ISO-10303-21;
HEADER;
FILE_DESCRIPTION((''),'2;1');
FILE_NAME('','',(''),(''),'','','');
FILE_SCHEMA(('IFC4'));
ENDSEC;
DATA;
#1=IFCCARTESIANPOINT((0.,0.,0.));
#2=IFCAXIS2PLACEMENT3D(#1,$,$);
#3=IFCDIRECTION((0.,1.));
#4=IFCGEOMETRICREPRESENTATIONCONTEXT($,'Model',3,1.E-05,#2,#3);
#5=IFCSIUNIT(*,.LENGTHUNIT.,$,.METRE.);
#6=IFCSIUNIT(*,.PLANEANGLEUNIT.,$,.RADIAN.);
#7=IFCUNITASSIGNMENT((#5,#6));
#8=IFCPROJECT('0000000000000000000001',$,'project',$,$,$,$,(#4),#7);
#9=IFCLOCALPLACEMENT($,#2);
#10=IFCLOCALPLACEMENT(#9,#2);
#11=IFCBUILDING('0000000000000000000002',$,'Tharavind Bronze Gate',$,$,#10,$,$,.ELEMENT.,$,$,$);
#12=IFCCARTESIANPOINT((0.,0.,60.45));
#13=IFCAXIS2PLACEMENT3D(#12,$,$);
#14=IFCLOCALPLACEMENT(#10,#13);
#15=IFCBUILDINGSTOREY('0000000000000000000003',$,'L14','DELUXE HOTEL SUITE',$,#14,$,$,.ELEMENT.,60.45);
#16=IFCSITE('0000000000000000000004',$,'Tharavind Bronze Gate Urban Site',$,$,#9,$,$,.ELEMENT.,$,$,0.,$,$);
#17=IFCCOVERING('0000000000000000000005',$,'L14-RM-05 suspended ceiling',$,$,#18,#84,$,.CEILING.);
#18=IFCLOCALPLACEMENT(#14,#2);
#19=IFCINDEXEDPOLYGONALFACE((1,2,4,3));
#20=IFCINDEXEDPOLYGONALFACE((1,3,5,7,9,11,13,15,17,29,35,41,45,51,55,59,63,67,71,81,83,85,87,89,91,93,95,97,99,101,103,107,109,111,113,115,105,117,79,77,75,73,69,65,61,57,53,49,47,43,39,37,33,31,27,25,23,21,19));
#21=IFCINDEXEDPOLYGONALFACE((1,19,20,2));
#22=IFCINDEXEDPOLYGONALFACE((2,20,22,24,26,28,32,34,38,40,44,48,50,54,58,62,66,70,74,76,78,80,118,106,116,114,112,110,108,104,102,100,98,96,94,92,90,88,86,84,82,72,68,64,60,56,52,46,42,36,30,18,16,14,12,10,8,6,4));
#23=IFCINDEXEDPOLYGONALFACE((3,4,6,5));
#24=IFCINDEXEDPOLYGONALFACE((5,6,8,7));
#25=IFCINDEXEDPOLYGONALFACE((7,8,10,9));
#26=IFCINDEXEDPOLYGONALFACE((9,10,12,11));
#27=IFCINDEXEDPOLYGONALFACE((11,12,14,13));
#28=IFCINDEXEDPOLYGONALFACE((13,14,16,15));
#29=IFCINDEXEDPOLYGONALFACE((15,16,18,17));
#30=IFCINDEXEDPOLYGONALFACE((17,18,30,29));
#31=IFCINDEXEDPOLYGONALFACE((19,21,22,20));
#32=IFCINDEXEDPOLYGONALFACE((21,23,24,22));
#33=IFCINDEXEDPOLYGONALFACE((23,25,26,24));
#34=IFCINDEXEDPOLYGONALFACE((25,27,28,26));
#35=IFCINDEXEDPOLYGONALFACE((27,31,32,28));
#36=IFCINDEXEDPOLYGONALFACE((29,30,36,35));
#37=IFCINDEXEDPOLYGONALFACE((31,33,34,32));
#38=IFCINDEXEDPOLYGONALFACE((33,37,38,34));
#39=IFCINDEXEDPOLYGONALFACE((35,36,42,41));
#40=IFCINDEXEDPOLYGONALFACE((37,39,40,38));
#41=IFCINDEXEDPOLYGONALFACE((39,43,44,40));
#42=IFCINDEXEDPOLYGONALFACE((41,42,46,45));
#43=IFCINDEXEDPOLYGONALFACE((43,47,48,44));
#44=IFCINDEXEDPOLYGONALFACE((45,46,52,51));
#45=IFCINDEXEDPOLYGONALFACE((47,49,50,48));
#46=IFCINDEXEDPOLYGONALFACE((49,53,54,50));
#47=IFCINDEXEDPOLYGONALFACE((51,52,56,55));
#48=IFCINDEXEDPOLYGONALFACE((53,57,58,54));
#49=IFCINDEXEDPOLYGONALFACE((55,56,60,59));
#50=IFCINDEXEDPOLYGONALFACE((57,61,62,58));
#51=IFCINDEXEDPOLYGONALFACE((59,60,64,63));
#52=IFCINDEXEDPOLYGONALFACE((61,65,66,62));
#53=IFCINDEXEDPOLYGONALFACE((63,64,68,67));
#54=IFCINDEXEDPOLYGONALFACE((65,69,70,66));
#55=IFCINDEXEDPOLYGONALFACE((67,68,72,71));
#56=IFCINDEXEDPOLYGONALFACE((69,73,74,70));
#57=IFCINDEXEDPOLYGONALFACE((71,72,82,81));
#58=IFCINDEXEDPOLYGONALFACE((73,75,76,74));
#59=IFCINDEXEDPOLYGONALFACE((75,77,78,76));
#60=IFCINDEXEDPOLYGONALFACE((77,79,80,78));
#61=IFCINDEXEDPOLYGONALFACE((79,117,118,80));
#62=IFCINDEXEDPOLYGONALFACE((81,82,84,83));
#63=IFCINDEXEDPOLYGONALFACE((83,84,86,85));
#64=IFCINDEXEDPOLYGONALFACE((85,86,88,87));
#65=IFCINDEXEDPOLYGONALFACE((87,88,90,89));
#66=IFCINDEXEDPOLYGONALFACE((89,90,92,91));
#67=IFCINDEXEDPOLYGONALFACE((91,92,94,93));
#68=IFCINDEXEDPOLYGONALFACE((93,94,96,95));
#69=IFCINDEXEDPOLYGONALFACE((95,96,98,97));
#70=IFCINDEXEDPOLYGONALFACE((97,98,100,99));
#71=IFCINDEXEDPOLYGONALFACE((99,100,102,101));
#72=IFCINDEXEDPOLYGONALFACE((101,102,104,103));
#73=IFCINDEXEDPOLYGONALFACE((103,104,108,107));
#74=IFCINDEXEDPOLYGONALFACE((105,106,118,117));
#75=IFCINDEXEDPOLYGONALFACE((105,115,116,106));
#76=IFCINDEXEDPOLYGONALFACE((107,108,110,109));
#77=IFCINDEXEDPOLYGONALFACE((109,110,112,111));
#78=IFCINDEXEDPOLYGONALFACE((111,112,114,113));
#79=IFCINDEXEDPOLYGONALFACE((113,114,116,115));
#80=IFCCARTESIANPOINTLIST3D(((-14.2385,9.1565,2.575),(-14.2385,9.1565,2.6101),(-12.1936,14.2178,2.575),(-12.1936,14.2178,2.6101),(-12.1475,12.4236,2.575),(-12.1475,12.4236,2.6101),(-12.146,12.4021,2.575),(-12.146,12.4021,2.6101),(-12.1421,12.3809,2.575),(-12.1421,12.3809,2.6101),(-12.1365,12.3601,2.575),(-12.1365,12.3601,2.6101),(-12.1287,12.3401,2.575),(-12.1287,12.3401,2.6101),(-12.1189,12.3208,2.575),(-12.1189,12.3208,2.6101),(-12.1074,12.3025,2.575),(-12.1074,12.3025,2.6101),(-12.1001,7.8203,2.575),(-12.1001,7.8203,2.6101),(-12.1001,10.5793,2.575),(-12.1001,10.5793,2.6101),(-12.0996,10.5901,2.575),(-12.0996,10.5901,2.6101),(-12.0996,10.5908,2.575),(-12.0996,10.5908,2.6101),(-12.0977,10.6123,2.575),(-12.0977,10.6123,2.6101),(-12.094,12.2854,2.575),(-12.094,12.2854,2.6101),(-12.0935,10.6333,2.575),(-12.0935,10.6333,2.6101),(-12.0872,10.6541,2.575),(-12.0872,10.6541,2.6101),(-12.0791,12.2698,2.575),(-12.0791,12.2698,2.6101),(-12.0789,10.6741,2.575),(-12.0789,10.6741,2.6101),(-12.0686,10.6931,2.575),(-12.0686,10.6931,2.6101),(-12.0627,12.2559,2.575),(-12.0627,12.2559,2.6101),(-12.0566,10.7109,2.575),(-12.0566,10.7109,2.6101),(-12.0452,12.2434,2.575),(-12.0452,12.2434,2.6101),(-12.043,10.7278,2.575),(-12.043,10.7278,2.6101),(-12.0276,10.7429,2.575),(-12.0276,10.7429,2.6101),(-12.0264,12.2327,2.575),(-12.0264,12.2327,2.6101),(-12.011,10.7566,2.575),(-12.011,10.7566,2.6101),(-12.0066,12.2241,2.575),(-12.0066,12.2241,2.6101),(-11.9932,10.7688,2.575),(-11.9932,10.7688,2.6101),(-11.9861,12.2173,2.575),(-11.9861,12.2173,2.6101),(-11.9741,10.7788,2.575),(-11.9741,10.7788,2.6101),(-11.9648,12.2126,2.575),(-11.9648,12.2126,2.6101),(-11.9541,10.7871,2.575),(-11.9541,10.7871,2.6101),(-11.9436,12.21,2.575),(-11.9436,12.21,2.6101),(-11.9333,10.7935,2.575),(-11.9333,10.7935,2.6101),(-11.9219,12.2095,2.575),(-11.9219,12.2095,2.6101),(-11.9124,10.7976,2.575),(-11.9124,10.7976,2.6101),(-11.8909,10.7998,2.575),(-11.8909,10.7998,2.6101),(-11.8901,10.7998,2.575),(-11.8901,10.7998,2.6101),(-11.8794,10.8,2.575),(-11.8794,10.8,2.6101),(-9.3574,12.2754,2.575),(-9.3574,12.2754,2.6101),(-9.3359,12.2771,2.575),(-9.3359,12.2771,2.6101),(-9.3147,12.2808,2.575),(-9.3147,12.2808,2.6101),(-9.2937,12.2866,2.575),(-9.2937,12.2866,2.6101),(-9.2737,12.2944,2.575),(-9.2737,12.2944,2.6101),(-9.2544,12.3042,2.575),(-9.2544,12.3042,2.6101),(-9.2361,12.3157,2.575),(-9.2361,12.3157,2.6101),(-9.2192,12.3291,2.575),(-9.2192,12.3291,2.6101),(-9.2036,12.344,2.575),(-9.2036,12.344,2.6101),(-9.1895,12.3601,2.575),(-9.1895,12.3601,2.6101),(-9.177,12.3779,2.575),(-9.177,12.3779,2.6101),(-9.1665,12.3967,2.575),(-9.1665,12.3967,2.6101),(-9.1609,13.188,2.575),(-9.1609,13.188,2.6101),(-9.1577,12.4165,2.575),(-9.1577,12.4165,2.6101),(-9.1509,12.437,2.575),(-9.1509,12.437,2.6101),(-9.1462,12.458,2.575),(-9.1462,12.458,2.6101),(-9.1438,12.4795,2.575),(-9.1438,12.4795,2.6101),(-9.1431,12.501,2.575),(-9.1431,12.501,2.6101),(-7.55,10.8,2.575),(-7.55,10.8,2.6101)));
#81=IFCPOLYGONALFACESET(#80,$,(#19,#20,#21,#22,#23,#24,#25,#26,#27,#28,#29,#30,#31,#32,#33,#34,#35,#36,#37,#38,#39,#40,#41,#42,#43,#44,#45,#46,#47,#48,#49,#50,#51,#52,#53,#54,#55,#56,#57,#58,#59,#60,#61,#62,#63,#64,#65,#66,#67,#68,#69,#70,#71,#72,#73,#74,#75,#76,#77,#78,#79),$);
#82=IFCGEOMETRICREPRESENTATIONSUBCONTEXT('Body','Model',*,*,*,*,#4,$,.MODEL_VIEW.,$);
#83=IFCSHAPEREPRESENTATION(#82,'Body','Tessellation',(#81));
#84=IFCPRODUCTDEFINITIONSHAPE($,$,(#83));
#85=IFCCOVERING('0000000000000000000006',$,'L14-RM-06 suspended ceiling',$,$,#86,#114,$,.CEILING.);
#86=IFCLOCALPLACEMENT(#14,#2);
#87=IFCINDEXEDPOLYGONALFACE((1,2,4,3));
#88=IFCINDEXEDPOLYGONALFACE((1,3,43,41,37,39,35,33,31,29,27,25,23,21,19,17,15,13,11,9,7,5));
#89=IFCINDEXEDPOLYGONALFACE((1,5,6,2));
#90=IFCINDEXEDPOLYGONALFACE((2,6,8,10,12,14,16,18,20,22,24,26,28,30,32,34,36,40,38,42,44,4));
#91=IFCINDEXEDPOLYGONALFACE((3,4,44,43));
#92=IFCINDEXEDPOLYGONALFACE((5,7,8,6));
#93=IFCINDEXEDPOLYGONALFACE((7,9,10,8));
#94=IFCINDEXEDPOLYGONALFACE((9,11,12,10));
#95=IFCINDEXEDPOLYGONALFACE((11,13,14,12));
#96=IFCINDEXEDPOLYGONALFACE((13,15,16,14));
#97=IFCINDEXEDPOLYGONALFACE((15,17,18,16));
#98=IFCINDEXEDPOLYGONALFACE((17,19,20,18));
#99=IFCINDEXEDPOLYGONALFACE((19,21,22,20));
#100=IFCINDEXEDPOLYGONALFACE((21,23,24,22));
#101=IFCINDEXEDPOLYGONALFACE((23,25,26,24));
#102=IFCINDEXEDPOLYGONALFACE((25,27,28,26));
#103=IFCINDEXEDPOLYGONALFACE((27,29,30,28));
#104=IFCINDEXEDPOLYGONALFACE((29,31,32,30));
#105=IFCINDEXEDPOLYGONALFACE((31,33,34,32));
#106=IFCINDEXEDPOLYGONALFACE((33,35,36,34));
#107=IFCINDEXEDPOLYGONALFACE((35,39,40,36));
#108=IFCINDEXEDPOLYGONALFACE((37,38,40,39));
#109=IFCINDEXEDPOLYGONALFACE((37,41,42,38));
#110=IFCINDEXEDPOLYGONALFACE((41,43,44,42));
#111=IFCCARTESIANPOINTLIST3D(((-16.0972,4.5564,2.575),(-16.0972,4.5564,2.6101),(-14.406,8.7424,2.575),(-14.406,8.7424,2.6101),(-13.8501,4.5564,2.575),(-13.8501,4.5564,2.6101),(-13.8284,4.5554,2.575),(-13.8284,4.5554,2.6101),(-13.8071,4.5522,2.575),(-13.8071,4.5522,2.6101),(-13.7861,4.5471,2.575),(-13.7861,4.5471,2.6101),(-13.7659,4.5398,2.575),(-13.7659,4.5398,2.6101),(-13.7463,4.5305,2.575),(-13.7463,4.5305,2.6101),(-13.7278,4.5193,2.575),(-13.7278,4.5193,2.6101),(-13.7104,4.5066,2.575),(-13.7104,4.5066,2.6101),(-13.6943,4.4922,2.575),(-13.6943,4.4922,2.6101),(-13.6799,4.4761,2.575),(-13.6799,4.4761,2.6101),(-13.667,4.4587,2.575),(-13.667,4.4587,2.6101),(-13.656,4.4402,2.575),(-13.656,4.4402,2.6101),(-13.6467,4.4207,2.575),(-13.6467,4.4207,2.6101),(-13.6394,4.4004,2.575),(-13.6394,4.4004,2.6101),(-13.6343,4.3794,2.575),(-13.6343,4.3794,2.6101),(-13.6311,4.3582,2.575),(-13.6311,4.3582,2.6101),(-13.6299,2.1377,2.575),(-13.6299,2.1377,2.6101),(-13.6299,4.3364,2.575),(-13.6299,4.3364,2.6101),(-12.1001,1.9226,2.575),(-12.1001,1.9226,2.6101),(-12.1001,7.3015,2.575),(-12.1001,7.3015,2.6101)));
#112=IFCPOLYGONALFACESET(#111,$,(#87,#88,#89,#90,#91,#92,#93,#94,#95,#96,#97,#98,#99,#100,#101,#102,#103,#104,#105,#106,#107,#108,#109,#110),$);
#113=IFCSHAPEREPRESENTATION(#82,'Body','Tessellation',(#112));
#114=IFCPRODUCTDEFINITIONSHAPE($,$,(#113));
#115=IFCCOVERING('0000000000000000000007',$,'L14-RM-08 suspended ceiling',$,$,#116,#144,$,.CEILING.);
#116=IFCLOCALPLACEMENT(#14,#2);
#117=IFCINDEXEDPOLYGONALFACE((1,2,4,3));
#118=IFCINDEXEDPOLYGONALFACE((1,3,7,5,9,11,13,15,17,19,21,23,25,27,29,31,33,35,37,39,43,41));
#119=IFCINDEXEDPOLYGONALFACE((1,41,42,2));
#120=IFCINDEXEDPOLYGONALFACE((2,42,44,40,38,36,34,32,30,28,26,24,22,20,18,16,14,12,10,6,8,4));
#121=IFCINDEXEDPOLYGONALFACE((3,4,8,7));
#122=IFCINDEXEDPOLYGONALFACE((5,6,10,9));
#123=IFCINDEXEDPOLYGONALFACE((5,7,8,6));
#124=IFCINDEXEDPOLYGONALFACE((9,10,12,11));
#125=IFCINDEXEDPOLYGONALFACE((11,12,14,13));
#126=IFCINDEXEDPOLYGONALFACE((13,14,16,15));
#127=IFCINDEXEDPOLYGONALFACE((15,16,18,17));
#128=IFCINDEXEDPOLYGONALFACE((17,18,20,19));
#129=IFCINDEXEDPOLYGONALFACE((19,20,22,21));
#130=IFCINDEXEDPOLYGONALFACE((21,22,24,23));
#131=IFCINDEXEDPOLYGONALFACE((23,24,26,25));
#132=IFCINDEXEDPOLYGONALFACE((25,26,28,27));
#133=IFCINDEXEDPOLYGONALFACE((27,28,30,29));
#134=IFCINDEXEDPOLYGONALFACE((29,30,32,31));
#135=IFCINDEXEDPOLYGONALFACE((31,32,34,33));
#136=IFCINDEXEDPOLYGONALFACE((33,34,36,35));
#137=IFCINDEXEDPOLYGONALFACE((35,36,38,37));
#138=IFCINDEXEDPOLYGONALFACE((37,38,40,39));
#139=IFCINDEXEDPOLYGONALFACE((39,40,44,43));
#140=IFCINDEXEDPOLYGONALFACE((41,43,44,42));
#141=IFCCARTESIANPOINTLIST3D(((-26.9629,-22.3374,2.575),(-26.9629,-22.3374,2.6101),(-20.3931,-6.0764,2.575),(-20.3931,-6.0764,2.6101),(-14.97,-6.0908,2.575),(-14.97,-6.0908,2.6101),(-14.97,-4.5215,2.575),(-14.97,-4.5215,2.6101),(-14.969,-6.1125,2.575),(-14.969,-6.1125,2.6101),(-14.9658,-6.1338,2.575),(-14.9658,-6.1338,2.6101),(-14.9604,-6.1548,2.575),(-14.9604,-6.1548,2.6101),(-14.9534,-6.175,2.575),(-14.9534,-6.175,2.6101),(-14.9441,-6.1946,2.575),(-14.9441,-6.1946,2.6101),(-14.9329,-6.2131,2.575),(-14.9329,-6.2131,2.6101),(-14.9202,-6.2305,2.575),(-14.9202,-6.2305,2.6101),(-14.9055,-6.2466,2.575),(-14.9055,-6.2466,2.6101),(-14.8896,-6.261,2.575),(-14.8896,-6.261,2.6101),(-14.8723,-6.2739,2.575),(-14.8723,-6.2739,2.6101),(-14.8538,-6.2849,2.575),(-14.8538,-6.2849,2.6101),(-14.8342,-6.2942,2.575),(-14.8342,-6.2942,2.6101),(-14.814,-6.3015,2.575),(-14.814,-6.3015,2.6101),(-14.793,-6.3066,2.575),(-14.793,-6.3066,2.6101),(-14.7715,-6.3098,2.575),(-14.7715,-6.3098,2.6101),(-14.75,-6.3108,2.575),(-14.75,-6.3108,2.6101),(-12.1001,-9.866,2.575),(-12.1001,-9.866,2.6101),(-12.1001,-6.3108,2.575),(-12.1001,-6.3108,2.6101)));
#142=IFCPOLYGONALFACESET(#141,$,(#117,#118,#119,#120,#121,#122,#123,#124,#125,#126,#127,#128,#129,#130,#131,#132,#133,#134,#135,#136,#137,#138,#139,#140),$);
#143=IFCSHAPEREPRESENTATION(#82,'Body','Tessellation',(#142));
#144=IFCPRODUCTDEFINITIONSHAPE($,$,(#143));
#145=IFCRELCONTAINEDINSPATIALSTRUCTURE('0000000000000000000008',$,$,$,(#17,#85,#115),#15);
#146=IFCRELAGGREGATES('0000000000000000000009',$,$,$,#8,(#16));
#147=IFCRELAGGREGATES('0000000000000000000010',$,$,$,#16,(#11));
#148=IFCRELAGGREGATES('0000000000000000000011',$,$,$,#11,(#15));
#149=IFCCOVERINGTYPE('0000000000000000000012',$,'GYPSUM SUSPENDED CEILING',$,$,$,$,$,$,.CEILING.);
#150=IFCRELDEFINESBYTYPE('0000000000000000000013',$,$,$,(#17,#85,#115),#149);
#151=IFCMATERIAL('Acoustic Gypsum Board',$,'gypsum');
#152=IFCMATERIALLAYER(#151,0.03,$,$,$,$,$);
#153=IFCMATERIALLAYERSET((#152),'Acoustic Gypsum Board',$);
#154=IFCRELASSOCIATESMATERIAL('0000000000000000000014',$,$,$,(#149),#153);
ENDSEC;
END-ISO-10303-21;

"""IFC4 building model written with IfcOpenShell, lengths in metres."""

from ifc_helpers import new_model, si_unit, direction, frame, origin, place, context, subcontext, project, spatial, polyline, outline, extrude, material, layer, layer_set, type_object, element, save


model = new_model("IFC4")

# Units and contexts
model_context = context("Model", 3, precision=1e-05, world=origin(), true_north=direction((0.0, 1.0)))
body_context = subcontext(model_context, "Body", "Model", "MODEL_VIEW")
ifc_project = project(units=[si_unit("LENGTHUNIT", "METRE"), si_unit("PLANEANGLEUNIT", "RADIAN")], contexts=[model_context])

# Site, building, storey
site_placement = place(None, origin())
site = spatial("IfcSite", under=ifc_project, at=site_placement, Name="Tharavind Bronze Gate Urban Site", CompositionType="ELEMENT", RefElevation=0.0)
building_placement = place(site_placement, origin())
building = spatial("IfcBuilding", under=site, at=building_placement, Name="Tharavind Bronze Gate", CompositionType="ELEMENT")
storey_placement = place(building_placement, frame((0.0, 0.0, 60.45)))
storey = spatial("IfcBuildingStorey", under=building, at=storey_placement, Name="L14", Description="DELUXE HOTEL SUITE", CompositionType="ELEMENT", Elevation=60.45)

# Coverings
ifc_material_1 = material(Name="Acoustic Gypsum Board", Category="gypsum")
ifc_layer_1 = layer(ifc_material_1, 0.03)
ifc_layer_set_1 = layer_set([ifc_layer_1], Name="Acoustic Gypsum Board")
covering_type_1 = type_object("IfcCoveringType", Name="GYPSUM SUSPENDED CEILING", PredefinedType="CEILING", material=ifc_layer_set_1)
covering_1_placement = place(storey_placement, frame((0.0, 0.0, 2.575)))
element("IfcCovering", 1, at=covering_1_placement, inside=storey, type_object=covering_type_1, Name="L14-RM-05 suspended ceiling", PredefinedType="CEILING", context=body_context, shape_type="SweptSolid", body=[
    extrude(outline(polyline([(-12.1001, 7.8203), (-12.1001, 10.5793), (-12.0996, 10.5901), (-12.0996, 10.5908), (-12.0977, 10.6123), (-12.0935, 10.6333), (-12.0872, 10.6541), (-12.0789, 10.6741), (-12.0686, 10.6931), (-12.0566, 10.7109), (-12.043, 10.7278), (-12.0276, 10.7429), (-12.011, 10.7566), (-11.9932, 10.7688), (-11.9741, 10.7788), (-11.9541, 10.7871), (-11.9333, 10.7935), (-11.9124, 10.7976), (-11.8909, 10.7998), (-11.8901, 10.7998), (-11.8794, 10.8), (-7.55, 10.8), (-9.1609, 13.188), (-9.1431, 12.501), (-9.1438, 12.4795), (-9.1462, 12.458), (-9.1509, 12.437), (-9.1577, 12.4165), (-9.1665, 12.3967), (-9.177, 12.3779), (-9.1895, 12.3601), (-9.2036, 12.344), (-9.2192, 12.3291), (-9.2361, 12.3157), (-9.2544, 12.3042), (-9.2737, 12.2944), (-9.2937, 12.2866), (-9.3147, 12.2808), (-9.3359, 12.2771), (-9.3574, 12.2754), (-11.9219, 12.2095), (-11.9436, 12.21), (-11.9648, 12.2126), (-11.9861, 12.2173), (-12.0066, 12.2241), (-12.0264, 12.2327), (-12.0452, 12.2434), (-12.0627, 12.2559), (-12.0791, 12.2698), (-12.094, 12.2854), (-12.1074, 12.3025), (-12.1189, 12.3208), (-12.1287, 12.3401), (-12.1365, 12.3601), (-12.1421, 12.3809), (-12.146, 12.4021), (-12.1475, 12.4236), (-12.1936, 14.2178), (-14.2385, 9.1565), (-12.1001, 7.8203)])), origin(), (0.0, 0.0, 1.0), 0.0352),
])
covering_2_placement = place(storey_placement, frame((0.0, 0.0, 2.575)))
element("IfcCovering", 2, at=covering_2_placement, inside=storey, type_object=covering_type_1, Name="L14-RM-06 suspended ceiling", PredefinedType="CEILING", context=body_context, shape_type="SweptSolid", body=[
    extrude(outline(polyline([(-16.0972, 4.5564), (-13.8501, 4.5564), (-13.8284, 4.5554), (-13.8071, 4.5522), (-13.7861, 4.5471), (-13.7659, 4.5398), (-13.7463, 4.5305), (-13.7278, 4.5193), (-13.7104, 4.5066), (-13.6943, 4.4922), (-13.6799, 4.4761), (-13.667, 4.4587), (-13.656, 4.4402), (-13.6467, 4.4207), (-13.6394, 4.4004), (-13.6343, 4.3794), (-13.6311, 4.3582), (-13.6299, 4.3364), (-13.6299, 2.1377), (-12.1001, 1.9226), (-12.1001, 7.3015), (-14.406, 8.7424), (-16.0972, 4.5564)])), origin(), (0.0, 0.0, 1.0), 0.0352),
])
covering_3_placement = place(storey_placement, frame((0.0, 0.0, 2.575)))
element("IfcCovering", 3, at=covering_3_placement, inside=storey, type_object=covering_type_1, Name="L14-RM-08 suspended ceiling", PredefinedType="CEILING", context=body_context, shape_type="SweptSolid", body=[
    extrude(outline(polyline([(-12.1001, -9.866), (-12.1001, -6.3108), (-14.75, -6.3108), (-14.7715, -6.3098), (-14.793, -6.3066), (-14.814, -6.3015), (-14.8342, -6.2942), (-14.8538, -6.2849), (-14.8723, -6.2739), (-14.8896, -6.261), (-14.9055, -6.2466), (-14.9202, -6.2305), (-14.9329, -6.2131), (-14.9441, -6.1946), (-14.9534, -6.175), (-14.9604, -6.1548), (-14.9658, -6.1338), (-14.969, -6.1125), (-14.97, -6.0908), (-14.97, -4.5215), (-20.3931, -6.0764), (-26.9629, -22.3374), (-12.1001, -9.866)])), origin(), (0.0, 0.0, 1.0), 0.0352),
])

save(model, "model.ifc")
